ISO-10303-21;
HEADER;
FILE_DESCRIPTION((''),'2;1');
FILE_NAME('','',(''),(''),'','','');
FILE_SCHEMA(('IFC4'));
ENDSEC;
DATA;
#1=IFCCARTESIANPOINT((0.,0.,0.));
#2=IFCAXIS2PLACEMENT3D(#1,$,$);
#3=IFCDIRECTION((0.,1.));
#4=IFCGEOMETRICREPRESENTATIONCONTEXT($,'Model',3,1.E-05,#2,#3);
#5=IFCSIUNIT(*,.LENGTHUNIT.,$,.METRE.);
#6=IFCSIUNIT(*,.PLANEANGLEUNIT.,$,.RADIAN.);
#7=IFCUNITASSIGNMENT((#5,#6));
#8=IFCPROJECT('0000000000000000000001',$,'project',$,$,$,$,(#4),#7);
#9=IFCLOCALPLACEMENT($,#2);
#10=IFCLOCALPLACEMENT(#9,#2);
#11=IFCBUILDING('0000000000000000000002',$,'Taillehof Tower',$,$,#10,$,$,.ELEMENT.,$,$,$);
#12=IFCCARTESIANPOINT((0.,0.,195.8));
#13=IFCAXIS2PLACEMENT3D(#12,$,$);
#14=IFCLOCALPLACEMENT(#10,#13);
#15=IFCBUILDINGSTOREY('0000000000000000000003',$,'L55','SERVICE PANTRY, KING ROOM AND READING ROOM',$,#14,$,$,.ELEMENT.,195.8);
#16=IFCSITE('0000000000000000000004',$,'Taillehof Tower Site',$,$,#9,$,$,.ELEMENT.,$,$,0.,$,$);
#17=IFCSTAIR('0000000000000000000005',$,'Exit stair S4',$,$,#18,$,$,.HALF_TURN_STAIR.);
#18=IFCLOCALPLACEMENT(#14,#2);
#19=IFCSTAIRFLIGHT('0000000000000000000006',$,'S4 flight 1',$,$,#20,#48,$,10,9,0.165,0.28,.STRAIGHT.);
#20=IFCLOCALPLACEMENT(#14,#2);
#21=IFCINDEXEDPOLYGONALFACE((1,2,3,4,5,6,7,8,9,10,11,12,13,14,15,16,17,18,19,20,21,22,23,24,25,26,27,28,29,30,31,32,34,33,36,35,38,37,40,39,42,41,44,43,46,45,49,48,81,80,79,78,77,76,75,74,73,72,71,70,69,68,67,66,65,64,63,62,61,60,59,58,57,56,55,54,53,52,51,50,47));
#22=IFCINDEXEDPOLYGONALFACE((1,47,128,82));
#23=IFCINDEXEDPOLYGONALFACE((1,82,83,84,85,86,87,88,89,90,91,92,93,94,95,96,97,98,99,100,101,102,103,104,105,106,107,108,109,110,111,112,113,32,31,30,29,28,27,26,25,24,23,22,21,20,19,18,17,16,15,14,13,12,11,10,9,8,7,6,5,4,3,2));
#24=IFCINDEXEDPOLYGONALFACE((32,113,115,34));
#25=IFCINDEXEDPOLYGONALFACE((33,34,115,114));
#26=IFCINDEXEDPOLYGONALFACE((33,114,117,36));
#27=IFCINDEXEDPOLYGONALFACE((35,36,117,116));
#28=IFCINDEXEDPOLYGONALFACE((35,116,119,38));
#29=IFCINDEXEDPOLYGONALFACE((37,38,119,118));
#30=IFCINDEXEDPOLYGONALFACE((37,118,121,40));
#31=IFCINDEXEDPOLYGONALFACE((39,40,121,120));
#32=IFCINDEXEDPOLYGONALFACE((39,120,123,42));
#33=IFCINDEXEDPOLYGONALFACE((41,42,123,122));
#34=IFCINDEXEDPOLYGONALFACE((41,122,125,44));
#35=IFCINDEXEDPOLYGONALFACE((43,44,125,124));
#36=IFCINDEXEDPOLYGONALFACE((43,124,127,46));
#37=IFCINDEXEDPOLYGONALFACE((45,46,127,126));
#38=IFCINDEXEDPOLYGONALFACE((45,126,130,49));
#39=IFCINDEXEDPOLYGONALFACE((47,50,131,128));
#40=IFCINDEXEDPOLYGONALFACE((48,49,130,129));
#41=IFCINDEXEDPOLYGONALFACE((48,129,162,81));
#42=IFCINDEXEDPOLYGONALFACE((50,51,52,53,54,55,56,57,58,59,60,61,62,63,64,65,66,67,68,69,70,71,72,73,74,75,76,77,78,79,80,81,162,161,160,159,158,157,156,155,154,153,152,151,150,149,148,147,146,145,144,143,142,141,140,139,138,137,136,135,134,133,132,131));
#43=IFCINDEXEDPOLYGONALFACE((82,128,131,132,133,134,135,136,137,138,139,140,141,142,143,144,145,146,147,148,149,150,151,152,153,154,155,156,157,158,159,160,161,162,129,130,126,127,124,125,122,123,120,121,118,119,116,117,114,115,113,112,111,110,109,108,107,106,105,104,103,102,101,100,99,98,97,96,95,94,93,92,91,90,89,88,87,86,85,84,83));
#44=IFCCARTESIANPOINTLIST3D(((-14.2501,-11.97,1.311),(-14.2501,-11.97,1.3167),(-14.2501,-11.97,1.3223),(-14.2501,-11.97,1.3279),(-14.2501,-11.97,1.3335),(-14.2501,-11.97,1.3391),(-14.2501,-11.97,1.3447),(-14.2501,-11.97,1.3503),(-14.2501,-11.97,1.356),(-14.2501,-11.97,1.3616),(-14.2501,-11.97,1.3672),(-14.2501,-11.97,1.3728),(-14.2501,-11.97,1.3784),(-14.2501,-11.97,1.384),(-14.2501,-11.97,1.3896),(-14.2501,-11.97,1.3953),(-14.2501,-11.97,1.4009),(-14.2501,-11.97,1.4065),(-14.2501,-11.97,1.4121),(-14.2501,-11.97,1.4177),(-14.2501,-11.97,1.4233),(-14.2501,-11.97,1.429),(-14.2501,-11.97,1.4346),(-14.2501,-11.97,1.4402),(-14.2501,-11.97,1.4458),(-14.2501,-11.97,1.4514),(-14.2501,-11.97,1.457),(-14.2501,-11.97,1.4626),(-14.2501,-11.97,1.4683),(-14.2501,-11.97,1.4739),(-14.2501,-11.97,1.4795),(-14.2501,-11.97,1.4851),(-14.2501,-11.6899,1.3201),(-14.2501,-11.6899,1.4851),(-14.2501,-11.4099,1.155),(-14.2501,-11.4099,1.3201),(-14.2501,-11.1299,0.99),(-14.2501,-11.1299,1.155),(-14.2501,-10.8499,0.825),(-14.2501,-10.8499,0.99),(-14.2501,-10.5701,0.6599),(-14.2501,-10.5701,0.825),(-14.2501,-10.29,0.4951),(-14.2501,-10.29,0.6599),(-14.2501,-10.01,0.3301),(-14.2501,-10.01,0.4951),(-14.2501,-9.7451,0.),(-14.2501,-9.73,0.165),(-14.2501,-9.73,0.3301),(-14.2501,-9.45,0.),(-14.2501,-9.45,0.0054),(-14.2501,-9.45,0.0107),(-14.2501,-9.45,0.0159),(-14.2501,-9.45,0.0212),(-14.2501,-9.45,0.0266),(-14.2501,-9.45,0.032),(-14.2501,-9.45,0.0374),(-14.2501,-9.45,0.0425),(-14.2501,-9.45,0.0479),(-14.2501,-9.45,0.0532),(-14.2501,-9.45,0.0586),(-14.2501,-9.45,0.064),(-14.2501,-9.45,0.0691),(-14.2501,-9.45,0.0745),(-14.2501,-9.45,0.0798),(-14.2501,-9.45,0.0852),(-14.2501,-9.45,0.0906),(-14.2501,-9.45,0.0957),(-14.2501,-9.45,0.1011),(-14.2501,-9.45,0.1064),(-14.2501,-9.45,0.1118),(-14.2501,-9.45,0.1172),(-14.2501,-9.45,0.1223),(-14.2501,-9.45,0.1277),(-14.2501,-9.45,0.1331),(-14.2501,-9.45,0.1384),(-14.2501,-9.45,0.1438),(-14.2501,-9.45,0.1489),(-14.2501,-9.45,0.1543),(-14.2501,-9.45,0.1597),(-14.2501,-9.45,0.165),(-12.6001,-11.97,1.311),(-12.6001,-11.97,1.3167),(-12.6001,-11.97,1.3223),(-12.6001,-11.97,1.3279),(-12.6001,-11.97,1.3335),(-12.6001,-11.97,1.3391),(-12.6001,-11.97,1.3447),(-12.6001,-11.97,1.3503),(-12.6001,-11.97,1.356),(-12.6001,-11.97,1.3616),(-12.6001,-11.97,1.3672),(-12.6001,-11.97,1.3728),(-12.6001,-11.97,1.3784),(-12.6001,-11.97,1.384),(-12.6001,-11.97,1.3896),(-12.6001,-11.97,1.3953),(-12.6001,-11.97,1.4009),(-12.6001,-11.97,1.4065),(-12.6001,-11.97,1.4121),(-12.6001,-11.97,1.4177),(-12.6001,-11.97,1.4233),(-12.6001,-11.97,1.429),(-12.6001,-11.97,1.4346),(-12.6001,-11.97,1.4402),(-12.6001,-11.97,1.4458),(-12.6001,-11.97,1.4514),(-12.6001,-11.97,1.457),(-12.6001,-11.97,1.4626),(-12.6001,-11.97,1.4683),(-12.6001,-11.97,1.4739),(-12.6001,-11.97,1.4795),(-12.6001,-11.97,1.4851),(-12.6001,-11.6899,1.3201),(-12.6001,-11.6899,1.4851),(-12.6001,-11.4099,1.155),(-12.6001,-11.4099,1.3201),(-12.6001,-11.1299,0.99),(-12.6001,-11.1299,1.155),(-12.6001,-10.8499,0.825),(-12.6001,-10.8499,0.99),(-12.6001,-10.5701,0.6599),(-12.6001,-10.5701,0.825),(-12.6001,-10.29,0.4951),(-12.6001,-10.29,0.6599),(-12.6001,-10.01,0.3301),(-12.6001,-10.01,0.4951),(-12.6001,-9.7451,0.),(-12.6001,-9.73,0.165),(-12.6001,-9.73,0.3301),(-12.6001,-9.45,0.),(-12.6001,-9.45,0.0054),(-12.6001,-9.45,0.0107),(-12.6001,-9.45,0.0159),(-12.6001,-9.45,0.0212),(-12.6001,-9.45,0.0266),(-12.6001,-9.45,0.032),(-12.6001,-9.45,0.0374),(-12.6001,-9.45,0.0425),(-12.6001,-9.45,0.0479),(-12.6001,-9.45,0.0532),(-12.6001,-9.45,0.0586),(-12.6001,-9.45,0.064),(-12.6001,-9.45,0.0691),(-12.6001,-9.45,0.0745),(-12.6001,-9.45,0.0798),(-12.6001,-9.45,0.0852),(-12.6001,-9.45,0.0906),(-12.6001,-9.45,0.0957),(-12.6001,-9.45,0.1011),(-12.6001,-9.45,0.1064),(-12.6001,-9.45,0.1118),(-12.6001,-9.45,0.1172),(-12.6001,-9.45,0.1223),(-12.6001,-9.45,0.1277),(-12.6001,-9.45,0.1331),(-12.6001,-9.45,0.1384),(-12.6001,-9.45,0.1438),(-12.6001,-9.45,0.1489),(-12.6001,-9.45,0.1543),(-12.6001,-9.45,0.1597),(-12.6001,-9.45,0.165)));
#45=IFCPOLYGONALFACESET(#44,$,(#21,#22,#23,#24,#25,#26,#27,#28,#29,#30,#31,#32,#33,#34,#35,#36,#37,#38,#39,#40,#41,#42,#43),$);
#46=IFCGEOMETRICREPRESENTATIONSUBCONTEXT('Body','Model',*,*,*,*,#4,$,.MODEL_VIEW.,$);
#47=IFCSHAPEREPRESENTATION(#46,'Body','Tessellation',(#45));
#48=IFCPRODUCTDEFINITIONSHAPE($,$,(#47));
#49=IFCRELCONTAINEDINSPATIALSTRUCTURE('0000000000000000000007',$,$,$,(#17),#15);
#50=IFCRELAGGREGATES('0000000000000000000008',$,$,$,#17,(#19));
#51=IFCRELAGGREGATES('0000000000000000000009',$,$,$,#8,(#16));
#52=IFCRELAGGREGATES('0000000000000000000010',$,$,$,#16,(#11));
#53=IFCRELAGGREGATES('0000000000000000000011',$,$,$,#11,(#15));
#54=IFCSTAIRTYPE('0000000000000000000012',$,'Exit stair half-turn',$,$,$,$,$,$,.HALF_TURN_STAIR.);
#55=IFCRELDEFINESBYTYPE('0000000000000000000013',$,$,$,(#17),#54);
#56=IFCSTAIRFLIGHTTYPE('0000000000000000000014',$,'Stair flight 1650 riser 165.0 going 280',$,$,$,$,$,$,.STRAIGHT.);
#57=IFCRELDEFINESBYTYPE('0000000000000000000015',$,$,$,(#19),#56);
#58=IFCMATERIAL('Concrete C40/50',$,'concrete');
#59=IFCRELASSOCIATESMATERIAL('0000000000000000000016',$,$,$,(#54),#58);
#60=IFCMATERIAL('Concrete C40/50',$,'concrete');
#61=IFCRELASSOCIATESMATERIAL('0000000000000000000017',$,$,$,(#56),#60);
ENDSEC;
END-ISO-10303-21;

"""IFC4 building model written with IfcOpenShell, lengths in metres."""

from ifc_helpers import new_model, si_unit, direction, frame, origin, place, context, subcontext, project, spatial, polyline, outline, extrude, material, type_object, element, aggregate, save


model = new_model("IFC4")

# Units and contexts
model_context = context("Model", 3, precision=1e-05, world=origin(), true_north=direction((0.0, 1.0)))
body_context = subcontext(model_context, "Body", "Model", "MODEL_VIEW")
ifc_project = project(units=[si_unit("LENGTHUNIT", "METRE"), si_unit("PLANEANGLEUNIT", "RADIAN")], contexts=[model_context])

# Site, building, storey
site_placement = place(None, origin())
site = spatial("IfcSite", under=ifc_project, at=site_placement, Name="Taillehof Tower Site", CompositionType="ELEMENT", RefElevation=0.0)
building_placement = place(site_placement, origin())
building = spatial("IfcBuilding", under=site, at=building_placement, Name="Taillehof Tower", CompositionType="ELEMENT")
storey_placement = place(building_placement, frame((0.0, 0.0, 195.8)))
storey = spatial("IfcBuildingStorey", under=building, at=storey_placement, Name="L55", Description="SERVICE PANTRY, KING ROOM AND READING ROOM", CompositionType="ELEMENT", Elevation=195.8)

# Stair, stair flight
ifc_material_1 = material(Name="Concrete C40/50", Category="concrete")
stair_type = type_object("IfcStairType", Name="Exit stair half-turn", PredefinedType="HALF_TURN_STAIR", material=ifc_material_1)
stair_placement = place(storey_placement, origin())
stair = element("IfcStair", 1, at=stair_placement, inside=storey, type_object=stair_type, Name="Exit stair S4", PredefinedType="HALF_TURN_STAIR")
ifc_material_2 = material(Name="Concrete C40/50", Category="concrete")
stair_flight_type = type_object("IfcStairFlightType", Name="Stair flight 1650 riser 165.0 going 280", PredefinedType="STRAIGHT", material=ifc_material_2)
stair_flight_placement = place(storey_placement, frame((-13.425, -9.45, 0.0), z_axis=(0.0, 0.0, 1.0), x_axis=(0.0, -1.0, 0.0)))
stair_flight = element("IfcStairFlight", 2, at=stair_flight_placement, type_object=stair_flight_type, Name="S4 flight 1", NumberOfRisers=10, NumberOfTreads=9, PredefinedType="STRAIGHT", RiserHeight=0.165, TreadLength=0.28, context=body_context, shape_type="SweptSolid", body=[
    extrude(outline(polyline([(0.0, 0.0), (0.0, 0.0054), (0.0, 0.0107), (0.0, 0.0159), (0.0, 0.0212), (0.0, 0.0266), (0.0, 0.032), (0.0, 0.0374), (0.0, 0.0425), (0.0, 0.0479), (0.0, 0.0532), (0.0, 0.0586), (0.0, 0.064), (0.0, 0.0691), (0.0, 0.0745), (0.0, 0.0798), (0.0, 0.0852), (0.0, 0.0906), (0.0, 0.0957), (0.0, 0.1011), (0.0, 0.1064), (0.0, 0.1118), (0.0, 0.1172), (0.0, 0.1223), (0.0, 0.1277), (0.0, 0.1331), (0.0, 0.1384), (0.0, 0.1438), (0.0, 0.1489), (0.0, 0.1543), (0.0, 0.1597), (0.0, 0.165), (0.28, 0.165), (0.28, 0.3301), (0.5601, 0.3301), (0.5601, 0.4951), (0.8401, 0.4951), (0.8401, 0.6599), (1.1201, 0.6599), (1.1201, 0.825), (1.3999, 0.825), (1.3999, 0.99), (1.6799, 0.99), (1.6799, 1.155), (1.96, 1.155), (1.96, 1.3201), (2.24, 1.3201), (2.24, 1.4851), (2.52, 1.4851), (2.52, 1.4795), (2.52, 1.4739), (2.52, 1.4683), (2.52, 1.4626), (2.52, 1.457), (2.52, 1.4514), (2.52, 1.4458), (2.52, 1.4402), (2.52, 1.4346), (2.52, 1.429), (2.52, 1.4233), (2.52, 1.4177), (2.52, 1.4121), (2.52, 1.4065), (2.52, 1.4009), (2.52, 1.3953), (2.52, 1.3896), (2.52, 1.384), (2.52, 1.3784), (2.52, 1.3728), (2.52, 1.3672), (2.52, 1.3616), (2.52, 1.356), (2.52, 1.3503), (2.52, 1.3447), (2.52, 1.3391), (2.52, 1.3335), (2.52, 1.3279), (2.52, 1.3223), (2.52, 1.3167), (2.52, 1.311), (0.2952, 0.0), (0.0, 0.0)])), frame((0.0, 0.825, 0.0), z_axis=(0.0, -1.0, 0.0), x_axis=(1.0, 0.0, 0.0)), (0.0, 0.0, 1.0), 1.65),
])
aggregate(stair, [stair_flight])

save(model, "model.ifc")
